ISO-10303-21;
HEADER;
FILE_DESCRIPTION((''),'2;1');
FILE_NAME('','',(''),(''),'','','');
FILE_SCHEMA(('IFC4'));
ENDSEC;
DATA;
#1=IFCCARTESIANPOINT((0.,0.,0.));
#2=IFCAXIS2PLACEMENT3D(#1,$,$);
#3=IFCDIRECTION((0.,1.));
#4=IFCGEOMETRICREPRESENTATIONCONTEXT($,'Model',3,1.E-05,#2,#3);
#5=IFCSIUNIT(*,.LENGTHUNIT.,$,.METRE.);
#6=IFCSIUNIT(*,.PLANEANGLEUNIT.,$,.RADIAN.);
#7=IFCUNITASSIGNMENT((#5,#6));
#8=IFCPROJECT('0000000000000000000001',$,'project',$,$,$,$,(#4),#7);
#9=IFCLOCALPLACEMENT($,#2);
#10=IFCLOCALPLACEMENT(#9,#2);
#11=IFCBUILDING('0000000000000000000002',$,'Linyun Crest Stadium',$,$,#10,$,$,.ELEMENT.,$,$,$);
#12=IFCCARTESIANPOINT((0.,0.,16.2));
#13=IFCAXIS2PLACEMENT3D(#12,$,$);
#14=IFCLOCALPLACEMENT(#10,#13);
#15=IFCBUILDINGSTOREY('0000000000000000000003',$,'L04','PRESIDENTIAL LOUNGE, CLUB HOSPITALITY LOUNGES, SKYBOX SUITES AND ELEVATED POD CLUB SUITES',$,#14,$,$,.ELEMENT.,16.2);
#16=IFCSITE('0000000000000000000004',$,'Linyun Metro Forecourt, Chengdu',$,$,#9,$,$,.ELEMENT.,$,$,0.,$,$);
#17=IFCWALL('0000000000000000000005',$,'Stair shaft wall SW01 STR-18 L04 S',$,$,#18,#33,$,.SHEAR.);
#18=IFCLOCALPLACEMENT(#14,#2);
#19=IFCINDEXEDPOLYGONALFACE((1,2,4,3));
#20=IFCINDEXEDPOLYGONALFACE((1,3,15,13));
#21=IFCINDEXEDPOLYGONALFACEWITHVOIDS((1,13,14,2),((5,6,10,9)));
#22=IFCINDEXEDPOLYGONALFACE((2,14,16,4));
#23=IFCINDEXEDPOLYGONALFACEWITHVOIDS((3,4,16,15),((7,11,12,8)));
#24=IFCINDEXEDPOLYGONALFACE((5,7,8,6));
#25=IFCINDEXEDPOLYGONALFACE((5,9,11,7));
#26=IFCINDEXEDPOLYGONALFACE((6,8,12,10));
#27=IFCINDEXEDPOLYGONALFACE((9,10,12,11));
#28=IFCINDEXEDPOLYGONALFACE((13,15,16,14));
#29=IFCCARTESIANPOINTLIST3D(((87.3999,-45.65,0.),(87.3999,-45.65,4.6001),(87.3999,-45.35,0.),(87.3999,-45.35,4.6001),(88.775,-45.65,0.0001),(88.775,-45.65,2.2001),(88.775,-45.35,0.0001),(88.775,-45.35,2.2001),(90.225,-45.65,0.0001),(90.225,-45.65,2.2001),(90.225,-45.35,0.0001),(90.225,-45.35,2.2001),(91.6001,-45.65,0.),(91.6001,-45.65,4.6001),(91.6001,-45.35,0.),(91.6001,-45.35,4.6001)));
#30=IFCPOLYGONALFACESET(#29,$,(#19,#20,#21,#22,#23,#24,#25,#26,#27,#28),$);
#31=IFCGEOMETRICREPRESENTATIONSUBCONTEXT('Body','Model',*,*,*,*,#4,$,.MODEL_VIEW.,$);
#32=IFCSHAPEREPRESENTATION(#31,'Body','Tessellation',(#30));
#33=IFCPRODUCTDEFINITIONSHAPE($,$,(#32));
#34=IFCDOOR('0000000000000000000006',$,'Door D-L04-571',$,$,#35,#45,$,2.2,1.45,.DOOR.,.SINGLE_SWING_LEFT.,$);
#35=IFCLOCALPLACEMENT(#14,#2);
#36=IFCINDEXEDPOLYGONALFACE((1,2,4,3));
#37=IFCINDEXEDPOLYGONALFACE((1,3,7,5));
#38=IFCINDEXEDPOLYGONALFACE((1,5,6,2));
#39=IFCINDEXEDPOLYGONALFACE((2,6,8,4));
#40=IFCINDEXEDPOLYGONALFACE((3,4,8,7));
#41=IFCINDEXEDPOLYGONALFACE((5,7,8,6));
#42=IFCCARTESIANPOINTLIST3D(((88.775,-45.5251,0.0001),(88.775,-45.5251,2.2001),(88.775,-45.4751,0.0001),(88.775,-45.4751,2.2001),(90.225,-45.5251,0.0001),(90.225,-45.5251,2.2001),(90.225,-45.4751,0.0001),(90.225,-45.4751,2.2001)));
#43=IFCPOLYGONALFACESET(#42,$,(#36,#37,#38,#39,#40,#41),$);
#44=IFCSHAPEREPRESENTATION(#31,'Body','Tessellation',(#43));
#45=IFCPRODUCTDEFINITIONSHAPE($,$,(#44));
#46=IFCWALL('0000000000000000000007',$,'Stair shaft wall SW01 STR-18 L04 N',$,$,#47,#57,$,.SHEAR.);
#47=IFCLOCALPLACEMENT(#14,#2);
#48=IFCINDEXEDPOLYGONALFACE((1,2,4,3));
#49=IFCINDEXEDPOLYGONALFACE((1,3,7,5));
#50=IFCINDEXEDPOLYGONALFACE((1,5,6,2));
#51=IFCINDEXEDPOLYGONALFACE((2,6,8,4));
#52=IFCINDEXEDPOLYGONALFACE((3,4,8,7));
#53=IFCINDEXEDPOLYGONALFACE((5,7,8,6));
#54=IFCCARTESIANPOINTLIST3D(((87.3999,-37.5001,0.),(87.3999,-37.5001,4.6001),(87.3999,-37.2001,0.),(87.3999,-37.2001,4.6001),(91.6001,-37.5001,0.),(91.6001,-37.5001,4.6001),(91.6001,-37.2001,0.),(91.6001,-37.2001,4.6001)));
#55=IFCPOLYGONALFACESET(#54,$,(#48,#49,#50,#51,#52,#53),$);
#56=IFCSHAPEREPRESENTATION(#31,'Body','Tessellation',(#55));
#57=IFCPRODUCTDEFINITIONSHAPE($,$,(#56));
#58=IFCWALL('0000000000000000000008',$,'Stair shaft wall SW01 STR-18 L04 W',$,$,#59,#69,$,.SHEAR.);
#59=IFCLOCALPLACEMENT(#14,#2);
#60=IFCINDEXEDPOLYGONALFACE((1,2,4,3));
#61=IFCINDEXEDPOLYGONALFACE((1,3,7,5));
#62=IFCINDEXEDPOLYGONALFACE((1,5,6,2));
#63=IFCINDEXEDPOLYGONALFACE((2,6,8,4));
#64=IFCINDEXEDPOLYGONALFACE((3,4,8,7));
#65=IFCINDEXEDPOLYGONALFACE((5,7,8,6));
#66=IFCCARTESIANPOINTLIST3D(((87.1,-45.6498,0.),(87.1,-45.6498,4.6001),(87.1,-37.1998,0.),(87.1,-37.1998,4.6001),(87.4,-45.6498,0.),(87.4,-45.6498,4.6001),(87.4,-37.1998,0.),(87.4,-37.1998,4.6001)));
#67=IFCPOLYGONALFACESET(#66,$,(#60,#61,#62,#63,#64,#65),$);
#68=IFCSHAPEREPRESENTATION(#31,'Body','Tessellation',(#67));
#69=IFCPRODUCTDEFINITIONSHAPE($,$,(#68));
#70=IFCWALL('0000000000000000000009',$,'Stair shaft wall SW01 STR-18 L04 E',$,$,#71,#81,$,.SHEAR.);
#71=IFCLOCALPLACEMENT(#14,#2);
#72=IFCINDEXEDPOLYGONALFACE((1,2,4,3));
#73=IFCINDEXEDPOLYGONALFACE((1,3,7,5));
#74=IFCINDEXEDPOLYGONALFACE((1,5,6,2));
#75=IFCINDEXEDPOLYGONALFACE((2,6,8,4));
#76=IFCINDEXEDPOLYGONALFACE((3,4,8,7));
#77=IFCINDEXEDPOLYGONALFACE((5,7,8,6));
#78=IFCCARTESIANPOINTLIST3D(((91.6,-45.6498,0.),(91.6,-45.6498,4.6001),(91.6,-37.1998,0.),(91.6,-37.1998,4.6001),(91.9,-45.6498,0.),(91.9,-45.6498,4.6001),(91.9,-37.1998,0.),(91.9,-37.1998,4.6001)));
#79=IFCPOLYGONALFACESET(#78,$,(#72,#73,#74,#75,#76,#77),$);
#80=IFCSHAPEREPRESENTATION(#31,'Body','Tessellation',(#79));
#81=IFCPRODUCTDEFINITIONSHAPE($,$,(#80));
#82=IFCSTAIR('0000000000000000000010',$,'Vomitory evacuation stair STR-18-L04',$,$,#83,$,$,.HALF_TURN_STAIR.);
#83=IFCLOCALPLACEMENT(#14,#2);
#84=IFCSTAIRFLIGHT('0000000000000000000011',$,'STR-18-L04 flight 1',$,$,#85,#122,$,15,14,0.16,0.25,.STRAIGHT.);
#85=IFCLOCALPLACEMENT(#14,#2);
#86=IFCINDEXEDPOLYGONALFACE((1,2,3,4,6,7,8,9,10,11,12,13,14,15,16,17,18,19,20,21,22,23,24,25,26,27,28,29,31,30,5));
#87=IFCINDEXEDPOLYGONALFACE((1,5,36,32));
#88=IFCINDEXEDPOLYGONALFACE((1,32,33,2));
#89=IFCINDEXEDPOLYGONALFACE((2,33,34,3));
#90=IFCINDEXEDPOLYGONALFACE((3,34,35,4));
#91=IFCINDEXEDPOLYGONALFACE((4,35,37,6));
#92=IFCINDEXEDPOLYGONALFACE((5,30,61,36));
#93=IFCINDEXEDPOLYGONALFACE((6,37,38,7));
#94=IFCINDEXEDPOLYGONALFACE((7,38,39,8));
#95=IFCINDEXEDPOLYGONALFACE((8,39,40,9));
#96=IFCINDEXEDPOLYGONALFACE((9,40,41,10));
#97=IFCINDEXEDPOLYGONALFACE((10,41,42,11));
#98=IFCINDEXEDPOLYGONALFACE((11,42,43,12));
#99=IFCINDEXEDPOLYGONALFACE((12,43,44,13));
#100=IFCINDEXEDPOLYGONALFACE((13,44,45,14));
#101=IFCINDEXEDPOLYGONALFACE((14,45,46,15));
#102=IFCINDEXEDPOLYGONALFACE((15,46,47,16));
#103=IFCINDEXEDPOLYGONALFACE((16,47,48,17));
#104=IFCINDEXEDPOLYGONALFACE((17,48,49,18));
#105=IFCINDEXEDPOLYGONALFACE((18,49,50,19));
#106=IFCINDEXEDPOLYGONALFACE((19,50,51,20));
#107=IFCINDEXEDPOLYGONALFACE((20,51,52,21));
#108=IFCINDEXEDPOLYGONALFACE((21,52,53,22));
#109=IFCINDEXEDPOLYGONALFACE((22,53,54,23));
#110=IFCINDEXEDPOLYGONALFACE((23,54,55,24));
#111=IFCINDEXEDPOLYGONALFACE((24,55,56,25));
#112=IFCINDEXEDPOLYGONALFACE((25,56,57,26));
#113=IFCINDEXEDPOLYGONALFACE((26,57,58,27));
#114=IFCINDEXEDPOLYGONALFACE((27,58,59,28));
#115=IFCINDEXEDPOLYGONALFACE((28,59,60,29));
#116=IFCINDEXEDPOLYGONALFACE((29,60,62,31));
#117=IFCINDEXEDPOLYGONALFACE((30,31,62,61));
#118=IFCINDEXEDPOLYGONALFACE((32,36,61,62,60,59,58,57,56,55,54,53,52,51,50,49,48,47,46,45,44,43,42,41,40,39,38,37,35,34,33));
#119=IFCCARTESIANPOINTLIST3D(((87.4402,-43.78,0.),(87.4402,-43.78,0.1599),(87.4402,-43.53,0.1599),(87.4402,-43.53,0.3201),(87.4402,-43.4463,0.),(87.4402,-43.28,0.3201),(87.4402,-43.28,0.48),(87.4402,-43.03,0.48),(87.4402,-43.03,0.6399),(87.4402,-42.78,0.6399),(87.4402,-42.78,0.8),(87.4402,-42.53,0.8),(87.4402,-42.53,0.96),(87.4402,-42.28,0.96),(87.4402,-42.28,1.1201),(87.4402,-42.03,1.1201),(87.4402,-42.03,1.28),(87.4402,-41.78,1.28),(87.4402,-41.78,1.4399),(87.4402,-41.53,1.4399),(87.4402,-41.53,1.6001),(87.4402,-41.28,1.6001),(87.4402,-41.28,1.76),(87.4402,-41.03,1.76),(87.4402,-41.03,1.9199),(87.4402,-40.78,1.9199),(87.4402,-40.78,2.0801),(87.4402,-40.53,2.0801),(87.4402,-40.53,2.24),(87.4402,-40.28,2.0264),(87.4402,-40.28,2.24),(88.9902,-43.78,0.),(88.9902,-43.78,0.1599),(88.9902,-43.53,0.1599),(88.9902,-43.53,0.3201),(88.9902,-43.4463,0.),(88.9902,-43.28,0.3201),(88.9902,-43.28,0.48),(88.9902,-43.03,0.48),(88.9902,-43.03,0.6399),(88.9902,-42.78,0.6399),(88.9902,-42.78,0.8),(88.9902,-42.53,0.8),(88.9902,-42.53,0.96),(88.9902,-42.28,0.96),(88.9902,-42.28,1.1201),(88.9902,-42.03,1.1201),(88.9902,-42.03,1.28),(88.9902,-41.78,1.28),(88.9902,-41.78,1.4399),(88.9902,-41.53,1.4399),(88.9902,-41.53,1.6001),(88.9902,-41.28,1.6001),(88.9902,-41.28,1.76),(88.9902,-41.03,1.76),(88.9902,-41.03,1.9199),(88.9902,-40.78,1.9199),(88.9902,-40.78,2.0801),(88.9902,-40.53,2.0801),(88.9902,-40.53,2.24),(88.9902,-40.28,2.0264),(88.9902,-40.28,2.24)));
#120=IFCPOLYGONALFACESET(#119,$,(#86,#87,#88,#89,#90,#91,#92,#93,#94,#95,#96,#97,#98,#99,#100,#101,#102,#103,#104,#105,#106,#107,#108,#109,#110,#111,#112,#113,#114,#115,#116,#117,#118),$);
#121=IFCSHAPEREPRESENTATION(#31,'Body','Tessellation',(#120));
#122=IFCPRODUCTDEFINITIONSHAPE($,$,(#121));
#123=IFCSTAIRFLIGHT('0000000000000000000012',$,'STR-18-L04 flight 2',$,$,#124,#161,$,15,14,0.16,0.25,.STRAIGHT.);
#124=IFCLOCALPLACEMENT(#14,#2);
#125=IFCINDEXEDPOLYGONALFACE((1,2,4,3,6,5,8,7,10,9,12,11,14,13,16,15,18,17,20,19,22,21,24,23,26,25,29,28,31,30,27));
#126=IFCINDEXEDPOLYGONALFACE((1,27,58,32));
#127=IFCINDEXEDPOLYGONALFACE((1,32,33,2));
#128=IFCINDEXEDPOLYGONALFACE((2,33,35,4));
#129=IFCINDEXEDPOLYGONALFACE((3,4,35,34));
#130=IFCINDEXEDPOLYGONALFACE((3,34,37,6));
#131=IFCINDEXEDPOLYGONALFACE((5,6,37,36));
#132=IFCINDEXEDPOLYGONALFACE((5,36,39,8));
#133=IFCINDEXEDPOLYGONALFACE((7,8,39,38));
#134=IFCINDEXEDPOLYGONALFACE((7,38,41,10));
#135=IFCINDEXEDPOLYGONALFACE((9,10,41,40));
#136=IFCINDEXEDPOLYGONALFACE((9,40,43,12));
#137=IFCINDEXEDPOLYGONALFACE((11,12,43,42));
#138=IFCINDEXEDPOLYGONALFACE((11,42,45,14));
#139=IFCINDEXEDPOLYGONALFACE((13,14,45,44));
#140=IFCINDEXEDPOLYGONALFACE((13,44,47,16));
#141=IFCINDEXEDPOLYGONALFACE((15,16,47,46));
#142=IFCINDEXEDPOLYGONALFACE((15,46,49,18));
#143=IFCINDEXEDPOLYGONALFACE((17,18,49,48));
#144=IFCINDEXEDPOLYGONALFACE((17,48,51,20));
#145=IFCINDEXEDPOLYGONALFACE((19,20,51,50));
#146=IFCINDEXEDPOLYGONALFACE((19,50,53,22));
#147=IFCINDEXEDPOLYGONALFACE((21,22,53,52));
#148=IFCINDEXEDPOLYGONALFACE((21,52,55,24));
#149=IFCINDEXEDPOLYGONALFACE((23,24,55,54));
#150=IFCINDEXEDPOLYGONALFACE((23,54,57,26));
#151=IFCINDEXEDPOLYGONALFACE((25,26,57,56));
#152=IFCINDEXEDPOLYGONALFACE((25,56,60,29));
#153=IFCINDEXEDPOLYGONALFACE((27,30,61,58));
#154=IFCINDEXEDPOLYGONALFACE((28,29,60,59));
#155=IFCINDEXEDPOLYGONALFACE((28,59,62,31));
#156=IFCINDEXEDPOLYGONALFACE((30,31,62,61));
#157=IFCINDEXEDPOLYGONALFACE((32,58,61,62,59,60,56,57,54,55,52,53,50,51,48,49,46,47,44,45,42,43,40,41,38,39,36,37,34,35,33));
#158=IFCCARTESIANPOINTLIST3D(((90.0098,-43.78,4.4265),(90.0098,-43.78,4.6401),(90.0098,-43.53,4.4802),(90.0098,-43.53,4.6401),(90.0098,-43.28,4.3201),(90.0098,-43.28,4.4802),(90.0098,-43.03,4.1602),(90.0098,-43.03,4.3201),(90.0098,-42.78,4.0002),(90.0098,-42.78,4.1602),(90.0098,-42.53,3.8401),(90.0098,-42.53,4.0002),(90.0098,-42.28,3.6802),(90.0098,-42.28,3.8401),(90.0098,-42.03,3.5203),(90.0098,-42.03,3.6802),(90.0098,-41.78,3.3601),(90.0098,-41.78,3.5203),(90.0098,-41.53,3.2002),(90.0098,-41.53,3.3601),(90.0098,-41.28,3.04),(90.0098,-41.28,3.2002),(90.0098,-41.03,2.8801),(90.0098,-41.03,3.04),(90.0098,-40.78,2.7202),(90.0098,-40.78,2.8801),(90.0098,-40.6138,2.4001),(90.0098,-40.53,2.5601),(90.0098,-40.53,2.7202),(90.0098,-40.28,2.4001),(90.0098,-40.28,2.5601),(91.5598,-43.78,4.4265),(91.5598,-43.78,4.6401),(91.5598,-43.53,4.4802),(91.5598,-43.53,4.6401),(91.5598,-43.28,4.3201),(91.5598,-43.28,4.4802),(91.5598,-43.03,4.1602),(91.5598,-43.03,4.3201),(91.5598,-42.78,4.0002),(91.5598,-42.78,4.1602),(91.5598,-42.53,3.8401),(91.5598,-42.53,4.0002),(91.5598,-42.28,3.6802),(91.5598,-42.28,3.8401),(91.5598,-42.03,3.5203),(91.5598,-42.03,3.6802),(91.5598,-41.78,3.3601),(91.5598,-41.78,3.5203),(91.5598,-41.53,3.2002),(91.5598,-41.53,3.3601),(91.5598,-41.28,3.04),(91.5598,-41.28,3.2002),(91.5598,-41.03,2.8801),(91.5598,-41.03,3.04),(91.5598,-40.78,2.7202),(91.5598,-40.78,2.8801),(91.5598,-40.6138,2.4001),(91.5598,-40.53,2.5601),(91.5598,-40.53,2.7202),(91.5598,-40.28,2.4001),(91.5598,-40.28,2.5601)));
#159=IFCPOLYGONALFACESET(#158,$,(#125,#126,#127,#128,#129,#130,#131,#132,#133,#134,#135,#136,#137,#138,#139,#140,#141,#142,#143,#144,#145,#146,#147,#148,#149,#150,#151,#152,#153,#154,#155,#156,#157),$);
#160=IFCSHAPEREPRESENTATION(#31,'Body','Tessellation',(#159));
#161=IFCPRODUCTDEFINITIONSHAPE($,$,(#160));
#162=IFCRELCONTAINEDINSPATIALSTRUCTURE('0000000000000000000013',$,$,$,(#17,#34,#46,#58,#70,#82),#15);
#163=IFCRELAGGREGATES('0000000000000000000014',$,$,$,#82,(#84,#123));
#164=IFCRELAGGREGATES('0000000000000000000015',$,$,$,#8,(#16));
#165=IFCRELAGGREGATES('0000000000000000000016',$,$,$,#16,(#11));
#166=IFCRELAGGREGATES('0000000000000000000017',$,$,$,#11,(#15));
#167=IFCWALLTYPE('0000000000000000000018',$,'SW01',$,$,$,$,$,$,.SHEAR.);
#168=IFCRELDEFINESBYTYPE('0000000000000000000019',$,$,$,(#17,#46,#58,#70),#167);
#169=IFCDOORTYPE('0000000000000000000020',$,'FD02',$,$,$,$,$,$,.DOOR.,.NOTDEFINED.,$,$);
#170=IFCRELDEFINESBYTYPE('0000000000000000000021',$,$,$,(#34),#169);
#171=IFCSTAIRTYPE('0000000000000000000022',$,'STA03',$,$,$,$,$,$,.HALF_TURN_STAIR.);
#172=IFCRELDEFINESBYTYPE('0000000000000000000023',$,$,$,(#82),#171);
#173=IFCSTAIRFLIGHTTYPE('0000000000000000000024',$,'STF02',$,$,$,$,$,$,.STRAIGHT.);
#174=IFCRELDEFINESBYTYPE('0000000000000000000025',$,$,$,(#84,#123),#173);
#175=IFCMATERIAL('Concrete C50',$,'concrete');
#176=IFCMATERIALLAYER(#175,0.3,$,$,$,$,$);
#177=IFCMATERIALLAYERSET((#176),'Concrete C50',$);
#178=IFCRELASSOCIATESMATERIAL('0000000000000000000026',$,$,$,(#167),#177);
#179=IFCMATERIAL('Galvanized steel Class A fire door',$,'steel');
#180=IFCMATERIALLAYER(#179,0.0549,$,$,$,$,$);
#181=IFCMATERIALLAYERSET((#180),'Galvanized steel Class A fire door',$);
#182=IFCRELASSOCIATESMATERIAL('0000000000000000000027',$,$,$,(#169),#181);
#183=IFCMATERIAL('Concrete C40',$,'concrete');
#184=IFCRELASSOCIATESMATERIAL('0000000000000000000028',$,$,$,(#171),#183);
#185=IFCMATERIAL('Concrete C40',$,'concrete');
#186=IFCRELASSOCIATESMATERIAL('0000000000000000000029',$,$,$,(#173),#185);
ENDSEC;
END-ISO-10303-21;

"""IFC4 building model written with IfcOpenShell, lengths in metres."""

from ifc_helpers import new_model, si_unit, direction, frame, frame_2d, origin, place, context, subcontext, project, spatial, polyline, rectangle, outline, extrude, material, layer, layer_set, type_object, element, fill, aggregate, save


model = new_model("IFC4")

# Units and contexts
model_context = context("Model", 3, precision=1e-05, world=origin(), true_north=direction((0.0, 1.0)))
body_context = subcontext(model_context, "Body", "Model", "MODEL_VIEW")
ifc_project = project(units=[si_unit("LENGTHUNIT", "METRE"), si_unit("PLANEANGLEUNIT", "RADIAN")], contexts=[model_context])

# Site, building, storey
site_placement = place(None, origin())
site = spatial("IfcSite", under=ifc_project, at=site_placement, Name="Linyun Metro Forecourt, Chengdu", CompositionType="ELEMENT", RefElevation=0.0)
building_placement = place(site_placement, origin())
building = spatial("IfcBuilding", under=site, at=building_placement, Name="Linyun Crest Stadium", CompositionType="ELEMENT")
storey_placement = place(building_placement, frame((0.0, 0.0, 16.2)))
storey = spatial("IfcBuildingStorey", under=building, at=storey_placement, Name="L04", Description="PRESIDENTIAL LOUNGE, CLUB HOSPITALITY LOUNGES, SKYBOX SUITES AND ELEVATED POD CLUB SUITES", CompositionType="ELEMENT", Elevation=16.2)

# Wall, opening, door
ifc_material_1 = material(Name="Concrete C50", Category="concrete")
ifc_layer_1 = layer(ifc_material_1, 0.3)
ifc_layer_set_1 = layer_set([ifc_layer_1], Name="Concrete C50")
wall_type = type_object("IfcWallType", Name="SW01", PredefinedType="SHEAR", material=ifc_layer_set_1)
wall_1_placement = place(storey_placement, frame((87.3999, -45.5, 0.0), z_axis=(0.0, 0.0, 1.0), x_axis=(1.0, 0.0, 0.0)))
wall_1 = element("IfcWall", 1, at=wall_1_placement, inside=storey, type_object=wall_type, Name="Stair shaft wall SW01 STR-18 L04 S", PredefinedType="SHEAR", context=body_context, shape_type="SweptSolid", body=[
    extrude(rectangle(XDim=4.2002, YDim=0.3, at=frame_2d((2.1001, 0.0))), origin(), (0.0, 0.0, 1.0), 4.6001),
])
opening_placement = place(wall_1_placement, frame((1.375, 0.0, 0.0)))
opening = element("IfcOpeningElement", 2, at=opening_placement, cuts=wall_1, PredefinedType="OPENING", context=body_context, shape_type="SweptSolid", body=[
    extrude(rectangle(XDim=1.45, YDim=2.2, at=frame_2d((0.7251, 1.1001))), frame((0.0, 0.1599, 0.0), z_axis=(0.0, -1.0, 0.0), x_axis=(1.0, 0.0, 0.0)), (0.0, 0.0, 1.0), 0.3201),
])
ifc_material_2 = material(Name="Galvanized steel Class A fire door", Category="steel")
ifc_layer_2 = layer(ifc_material_2, 0.0549)
ifc_layer_set_2 = layer_set([ifc_layer_2], Name="Galvanized steel Class A fire door")
door_type = type_object("IfcDoorType", Name="FD02", OperationType="NOTDEFINED", PredefinedType="DOOR", material=ifc_layer_set_2)
door_placement = place(opening_placement, origin())
door = element("IfcDoor", 3, at=door_placement, inside=storey, type_object=door_type, Name="Door D-L04-571", OperationType="SINGLE_SWING_LEFT", OverallHeight=2.2, OverallWidth=1.45, PredefinedType="DOOR", context=body_context, shape_type="SweptSolid", body=[
    extrude(rectangle(XDim=1.45, YDim=2.2, at=frame_2d((0.7251, 1.1001))), frame((0.0, 0.0249, 0.0), z_axis=(0.0, -1.0, 0.0), x_axis=(1.0, 0.0, 0.0)), (0.0, 0.0, 1.0), 0.05),
])
fill(opening, door)

# Walls
wall_2_placement = place(storey_placement, frame((87.3999, -37.3501, 0.0), z_axis=(0.0, 0.0, 1.0), x_axis=(1.0, 0.0, 0.0)))
element("IfcWall", 4, at=wall_2_placement, inside=storey, type_object=wall_type, Name="Stair shaft wall SW01 STR-18 L04 N", PredefinedType="SHEAR", context=body_context, shape_type="SweptSolid", body=[
    extrude(rectangle(XDim=4.2002, YDim=0.3, at=frame_2d((2.1001, 0.0))), origin(), (0.0, 0.0, 1.0), 4.6001),
])
for number, where, z_axis, x_axis, name in (
    (5, (87.25, -45.6499, 0.0), (0.0, 0.0, 1.0), (0.0, 1.0, 0.0), "Stair shaft wall SW01 STR-18 L04 W"),
    (6, (91.75, -45.6499, 0.0), (0.0, 0.0, 1.0), (0.0, 1.0, 0.0), "Stair shaft wall SW01 STR-18 L04 E"),
):
    element("IfcWall", number, at=place(storey_placement, frame(where, z_axis=z_axis, x_axis=x_axis)), inside=storey, type_object=wall_type, Name=name, PredefinedType="SHEAR", context=body_context, shape_type="SweptSolid", body=[
        extrude(rectangle(XDim=8.45, YDim=0.3, at=frame_2d((4.2251, 0.0))), origin(), (0.0, 0.0, 1.0), 4.6001),
    ])

# Stair, stair flights
ifc_material_3 = material(Name="Concrete C40", Category="concrete")
stair_type = type_object("IfcStairType", Name="STA03", PredefinedType="HALF_TURN_STAIR", material=ifc_material_3)
stair_placement = place(storey_placement, origin())
stair = element("IfcStair", 7, at=stair_placement, inside=storey, type_object=stair_type, Name="Vomitory evacuation stair STR-18-L04", PredefinedType="HALF_TURN_STAIR")
ifc_material_4 = material(Name="Concrete C40", Category="concrete")
stair_flight_type = type_object("IfcStairFlightType", Name="STF02", PredefinedType="STRAIGHT", material=ifc_material_4)
stair_flight_1_placement = place(storey_placement, frame((88.2151, -43.78, 0.0), z_axis=(0.0, 0.0, 1.0), x_axis=(0.0, 1.0, 0.0)))
stair_flight_1 = element("IfcStairFlight", 8, at=stair_flight_1_placement, type_object=stair_flight_type, Name="STR-18-L04 flight 1", NumberOfRisers=15, NumberOfTreads=14, PredefinedType="STRAIGHT", RiserHeight=0.16, TreadLength=0.25, context=body_context, shape_type="SweptSolid", body=[
    extrude(outline(polyline([(0.0, 0.0), (0.0, 0.1599), (0.25, 0.1599), (0.25, 0.3201), (0.5, 0.3201), (0.5, 0.48), (0.75, 0.48), (0.75, 0.6399), (1.0, 0.6399), (1.0, 0.8), (1.25, 0.8), (1.25, 0.96), (1.5, 0.96), (1.5, 1.1201), (1.75, 1.1201), (1.75, 1.28), (2.0, 1.28), (2.0, 1.4399), (2.25, 1.4399), (2.25, 1.6001), (2.5, 1.6001), (2.5, 1.76), (2.75, 1.76), (2.75, 1.9199), (3.0, 1.9199), (3.0, 2.0801), (3.25, 2.0801), (3.25, 2.24), (3.5, 2.24), (3.5, 2.3999), (3.5, 2.0264), (0.3337, 0.0), (0.0, 0.0)])), frame((0.0, 0.7749, 0.0), z_axis=(0.0, -1.0, 0.0), x_axis=(1.0, 0.0, 0.0)), (0.0, 0.0, 1.0), 1.55),
])
stair_flight_2_placement = place(storey_placement, frame((90.7849, -40.28, 2.4001), z_axis=(0.0, 0.0, 1.0), x_axis=(0.0, -1.0, 0.0)))
stair_flight_2 = element("IfcStairFlight", 9, at=stair_flight_2_placement, type_object=stair_flight_type, Name="STR-18-L04 flight 2", NumberOfRisers=15, NumberOfTreads=14, PredefinedType="STRAIGHT", RiserHeight=0.16, TreadLength=0.25, context=body_context, shape_type="SweptSolid", body=[
    extrude(outline(polyline([(0.0, 0.0), (0.0, 0.1599), (0.25, 0.1599), (0.25, 0.3201), (0.5, 0.3201), (0.5, 0.48), (0.75, 0.48), (0.75, 0.6399), (1.0, 0.6399), (1.0, 0.8), (1.25, 0.8), (1.25, 0.96), (1.5, 0.96), (1.5, 1.1201), (1.75, 1.1201), (1.75, 1.28), (2.0, 1.28), (2.0, 1.4399), (2.25, 1.4399), (2.25, 1.6001), (2.5, 1.6001), (2.5, 1.76), (2.75, 1.76), (2.75, 1.9199), (3.0, 1.9199), (3.0, 2.0801), (3.25, 2.0801), (3.25, 2.24), (3.5, 2.24), (3.5, 2.3999), (3.5, 2.0264), (0.3337, 0.0), (0.0, 0.0)])), frame((0.0, 0.7749, 0.0), z_axis=(0.0, -1.0, 0.0), x_axis=(1.0, 0.0, 0.0)), (0.0, 0.0, 1.0), 1.55),
])
aggregate(stair, [stair_flight_1, stair_flight_2])

save(model, "model.ifc")
